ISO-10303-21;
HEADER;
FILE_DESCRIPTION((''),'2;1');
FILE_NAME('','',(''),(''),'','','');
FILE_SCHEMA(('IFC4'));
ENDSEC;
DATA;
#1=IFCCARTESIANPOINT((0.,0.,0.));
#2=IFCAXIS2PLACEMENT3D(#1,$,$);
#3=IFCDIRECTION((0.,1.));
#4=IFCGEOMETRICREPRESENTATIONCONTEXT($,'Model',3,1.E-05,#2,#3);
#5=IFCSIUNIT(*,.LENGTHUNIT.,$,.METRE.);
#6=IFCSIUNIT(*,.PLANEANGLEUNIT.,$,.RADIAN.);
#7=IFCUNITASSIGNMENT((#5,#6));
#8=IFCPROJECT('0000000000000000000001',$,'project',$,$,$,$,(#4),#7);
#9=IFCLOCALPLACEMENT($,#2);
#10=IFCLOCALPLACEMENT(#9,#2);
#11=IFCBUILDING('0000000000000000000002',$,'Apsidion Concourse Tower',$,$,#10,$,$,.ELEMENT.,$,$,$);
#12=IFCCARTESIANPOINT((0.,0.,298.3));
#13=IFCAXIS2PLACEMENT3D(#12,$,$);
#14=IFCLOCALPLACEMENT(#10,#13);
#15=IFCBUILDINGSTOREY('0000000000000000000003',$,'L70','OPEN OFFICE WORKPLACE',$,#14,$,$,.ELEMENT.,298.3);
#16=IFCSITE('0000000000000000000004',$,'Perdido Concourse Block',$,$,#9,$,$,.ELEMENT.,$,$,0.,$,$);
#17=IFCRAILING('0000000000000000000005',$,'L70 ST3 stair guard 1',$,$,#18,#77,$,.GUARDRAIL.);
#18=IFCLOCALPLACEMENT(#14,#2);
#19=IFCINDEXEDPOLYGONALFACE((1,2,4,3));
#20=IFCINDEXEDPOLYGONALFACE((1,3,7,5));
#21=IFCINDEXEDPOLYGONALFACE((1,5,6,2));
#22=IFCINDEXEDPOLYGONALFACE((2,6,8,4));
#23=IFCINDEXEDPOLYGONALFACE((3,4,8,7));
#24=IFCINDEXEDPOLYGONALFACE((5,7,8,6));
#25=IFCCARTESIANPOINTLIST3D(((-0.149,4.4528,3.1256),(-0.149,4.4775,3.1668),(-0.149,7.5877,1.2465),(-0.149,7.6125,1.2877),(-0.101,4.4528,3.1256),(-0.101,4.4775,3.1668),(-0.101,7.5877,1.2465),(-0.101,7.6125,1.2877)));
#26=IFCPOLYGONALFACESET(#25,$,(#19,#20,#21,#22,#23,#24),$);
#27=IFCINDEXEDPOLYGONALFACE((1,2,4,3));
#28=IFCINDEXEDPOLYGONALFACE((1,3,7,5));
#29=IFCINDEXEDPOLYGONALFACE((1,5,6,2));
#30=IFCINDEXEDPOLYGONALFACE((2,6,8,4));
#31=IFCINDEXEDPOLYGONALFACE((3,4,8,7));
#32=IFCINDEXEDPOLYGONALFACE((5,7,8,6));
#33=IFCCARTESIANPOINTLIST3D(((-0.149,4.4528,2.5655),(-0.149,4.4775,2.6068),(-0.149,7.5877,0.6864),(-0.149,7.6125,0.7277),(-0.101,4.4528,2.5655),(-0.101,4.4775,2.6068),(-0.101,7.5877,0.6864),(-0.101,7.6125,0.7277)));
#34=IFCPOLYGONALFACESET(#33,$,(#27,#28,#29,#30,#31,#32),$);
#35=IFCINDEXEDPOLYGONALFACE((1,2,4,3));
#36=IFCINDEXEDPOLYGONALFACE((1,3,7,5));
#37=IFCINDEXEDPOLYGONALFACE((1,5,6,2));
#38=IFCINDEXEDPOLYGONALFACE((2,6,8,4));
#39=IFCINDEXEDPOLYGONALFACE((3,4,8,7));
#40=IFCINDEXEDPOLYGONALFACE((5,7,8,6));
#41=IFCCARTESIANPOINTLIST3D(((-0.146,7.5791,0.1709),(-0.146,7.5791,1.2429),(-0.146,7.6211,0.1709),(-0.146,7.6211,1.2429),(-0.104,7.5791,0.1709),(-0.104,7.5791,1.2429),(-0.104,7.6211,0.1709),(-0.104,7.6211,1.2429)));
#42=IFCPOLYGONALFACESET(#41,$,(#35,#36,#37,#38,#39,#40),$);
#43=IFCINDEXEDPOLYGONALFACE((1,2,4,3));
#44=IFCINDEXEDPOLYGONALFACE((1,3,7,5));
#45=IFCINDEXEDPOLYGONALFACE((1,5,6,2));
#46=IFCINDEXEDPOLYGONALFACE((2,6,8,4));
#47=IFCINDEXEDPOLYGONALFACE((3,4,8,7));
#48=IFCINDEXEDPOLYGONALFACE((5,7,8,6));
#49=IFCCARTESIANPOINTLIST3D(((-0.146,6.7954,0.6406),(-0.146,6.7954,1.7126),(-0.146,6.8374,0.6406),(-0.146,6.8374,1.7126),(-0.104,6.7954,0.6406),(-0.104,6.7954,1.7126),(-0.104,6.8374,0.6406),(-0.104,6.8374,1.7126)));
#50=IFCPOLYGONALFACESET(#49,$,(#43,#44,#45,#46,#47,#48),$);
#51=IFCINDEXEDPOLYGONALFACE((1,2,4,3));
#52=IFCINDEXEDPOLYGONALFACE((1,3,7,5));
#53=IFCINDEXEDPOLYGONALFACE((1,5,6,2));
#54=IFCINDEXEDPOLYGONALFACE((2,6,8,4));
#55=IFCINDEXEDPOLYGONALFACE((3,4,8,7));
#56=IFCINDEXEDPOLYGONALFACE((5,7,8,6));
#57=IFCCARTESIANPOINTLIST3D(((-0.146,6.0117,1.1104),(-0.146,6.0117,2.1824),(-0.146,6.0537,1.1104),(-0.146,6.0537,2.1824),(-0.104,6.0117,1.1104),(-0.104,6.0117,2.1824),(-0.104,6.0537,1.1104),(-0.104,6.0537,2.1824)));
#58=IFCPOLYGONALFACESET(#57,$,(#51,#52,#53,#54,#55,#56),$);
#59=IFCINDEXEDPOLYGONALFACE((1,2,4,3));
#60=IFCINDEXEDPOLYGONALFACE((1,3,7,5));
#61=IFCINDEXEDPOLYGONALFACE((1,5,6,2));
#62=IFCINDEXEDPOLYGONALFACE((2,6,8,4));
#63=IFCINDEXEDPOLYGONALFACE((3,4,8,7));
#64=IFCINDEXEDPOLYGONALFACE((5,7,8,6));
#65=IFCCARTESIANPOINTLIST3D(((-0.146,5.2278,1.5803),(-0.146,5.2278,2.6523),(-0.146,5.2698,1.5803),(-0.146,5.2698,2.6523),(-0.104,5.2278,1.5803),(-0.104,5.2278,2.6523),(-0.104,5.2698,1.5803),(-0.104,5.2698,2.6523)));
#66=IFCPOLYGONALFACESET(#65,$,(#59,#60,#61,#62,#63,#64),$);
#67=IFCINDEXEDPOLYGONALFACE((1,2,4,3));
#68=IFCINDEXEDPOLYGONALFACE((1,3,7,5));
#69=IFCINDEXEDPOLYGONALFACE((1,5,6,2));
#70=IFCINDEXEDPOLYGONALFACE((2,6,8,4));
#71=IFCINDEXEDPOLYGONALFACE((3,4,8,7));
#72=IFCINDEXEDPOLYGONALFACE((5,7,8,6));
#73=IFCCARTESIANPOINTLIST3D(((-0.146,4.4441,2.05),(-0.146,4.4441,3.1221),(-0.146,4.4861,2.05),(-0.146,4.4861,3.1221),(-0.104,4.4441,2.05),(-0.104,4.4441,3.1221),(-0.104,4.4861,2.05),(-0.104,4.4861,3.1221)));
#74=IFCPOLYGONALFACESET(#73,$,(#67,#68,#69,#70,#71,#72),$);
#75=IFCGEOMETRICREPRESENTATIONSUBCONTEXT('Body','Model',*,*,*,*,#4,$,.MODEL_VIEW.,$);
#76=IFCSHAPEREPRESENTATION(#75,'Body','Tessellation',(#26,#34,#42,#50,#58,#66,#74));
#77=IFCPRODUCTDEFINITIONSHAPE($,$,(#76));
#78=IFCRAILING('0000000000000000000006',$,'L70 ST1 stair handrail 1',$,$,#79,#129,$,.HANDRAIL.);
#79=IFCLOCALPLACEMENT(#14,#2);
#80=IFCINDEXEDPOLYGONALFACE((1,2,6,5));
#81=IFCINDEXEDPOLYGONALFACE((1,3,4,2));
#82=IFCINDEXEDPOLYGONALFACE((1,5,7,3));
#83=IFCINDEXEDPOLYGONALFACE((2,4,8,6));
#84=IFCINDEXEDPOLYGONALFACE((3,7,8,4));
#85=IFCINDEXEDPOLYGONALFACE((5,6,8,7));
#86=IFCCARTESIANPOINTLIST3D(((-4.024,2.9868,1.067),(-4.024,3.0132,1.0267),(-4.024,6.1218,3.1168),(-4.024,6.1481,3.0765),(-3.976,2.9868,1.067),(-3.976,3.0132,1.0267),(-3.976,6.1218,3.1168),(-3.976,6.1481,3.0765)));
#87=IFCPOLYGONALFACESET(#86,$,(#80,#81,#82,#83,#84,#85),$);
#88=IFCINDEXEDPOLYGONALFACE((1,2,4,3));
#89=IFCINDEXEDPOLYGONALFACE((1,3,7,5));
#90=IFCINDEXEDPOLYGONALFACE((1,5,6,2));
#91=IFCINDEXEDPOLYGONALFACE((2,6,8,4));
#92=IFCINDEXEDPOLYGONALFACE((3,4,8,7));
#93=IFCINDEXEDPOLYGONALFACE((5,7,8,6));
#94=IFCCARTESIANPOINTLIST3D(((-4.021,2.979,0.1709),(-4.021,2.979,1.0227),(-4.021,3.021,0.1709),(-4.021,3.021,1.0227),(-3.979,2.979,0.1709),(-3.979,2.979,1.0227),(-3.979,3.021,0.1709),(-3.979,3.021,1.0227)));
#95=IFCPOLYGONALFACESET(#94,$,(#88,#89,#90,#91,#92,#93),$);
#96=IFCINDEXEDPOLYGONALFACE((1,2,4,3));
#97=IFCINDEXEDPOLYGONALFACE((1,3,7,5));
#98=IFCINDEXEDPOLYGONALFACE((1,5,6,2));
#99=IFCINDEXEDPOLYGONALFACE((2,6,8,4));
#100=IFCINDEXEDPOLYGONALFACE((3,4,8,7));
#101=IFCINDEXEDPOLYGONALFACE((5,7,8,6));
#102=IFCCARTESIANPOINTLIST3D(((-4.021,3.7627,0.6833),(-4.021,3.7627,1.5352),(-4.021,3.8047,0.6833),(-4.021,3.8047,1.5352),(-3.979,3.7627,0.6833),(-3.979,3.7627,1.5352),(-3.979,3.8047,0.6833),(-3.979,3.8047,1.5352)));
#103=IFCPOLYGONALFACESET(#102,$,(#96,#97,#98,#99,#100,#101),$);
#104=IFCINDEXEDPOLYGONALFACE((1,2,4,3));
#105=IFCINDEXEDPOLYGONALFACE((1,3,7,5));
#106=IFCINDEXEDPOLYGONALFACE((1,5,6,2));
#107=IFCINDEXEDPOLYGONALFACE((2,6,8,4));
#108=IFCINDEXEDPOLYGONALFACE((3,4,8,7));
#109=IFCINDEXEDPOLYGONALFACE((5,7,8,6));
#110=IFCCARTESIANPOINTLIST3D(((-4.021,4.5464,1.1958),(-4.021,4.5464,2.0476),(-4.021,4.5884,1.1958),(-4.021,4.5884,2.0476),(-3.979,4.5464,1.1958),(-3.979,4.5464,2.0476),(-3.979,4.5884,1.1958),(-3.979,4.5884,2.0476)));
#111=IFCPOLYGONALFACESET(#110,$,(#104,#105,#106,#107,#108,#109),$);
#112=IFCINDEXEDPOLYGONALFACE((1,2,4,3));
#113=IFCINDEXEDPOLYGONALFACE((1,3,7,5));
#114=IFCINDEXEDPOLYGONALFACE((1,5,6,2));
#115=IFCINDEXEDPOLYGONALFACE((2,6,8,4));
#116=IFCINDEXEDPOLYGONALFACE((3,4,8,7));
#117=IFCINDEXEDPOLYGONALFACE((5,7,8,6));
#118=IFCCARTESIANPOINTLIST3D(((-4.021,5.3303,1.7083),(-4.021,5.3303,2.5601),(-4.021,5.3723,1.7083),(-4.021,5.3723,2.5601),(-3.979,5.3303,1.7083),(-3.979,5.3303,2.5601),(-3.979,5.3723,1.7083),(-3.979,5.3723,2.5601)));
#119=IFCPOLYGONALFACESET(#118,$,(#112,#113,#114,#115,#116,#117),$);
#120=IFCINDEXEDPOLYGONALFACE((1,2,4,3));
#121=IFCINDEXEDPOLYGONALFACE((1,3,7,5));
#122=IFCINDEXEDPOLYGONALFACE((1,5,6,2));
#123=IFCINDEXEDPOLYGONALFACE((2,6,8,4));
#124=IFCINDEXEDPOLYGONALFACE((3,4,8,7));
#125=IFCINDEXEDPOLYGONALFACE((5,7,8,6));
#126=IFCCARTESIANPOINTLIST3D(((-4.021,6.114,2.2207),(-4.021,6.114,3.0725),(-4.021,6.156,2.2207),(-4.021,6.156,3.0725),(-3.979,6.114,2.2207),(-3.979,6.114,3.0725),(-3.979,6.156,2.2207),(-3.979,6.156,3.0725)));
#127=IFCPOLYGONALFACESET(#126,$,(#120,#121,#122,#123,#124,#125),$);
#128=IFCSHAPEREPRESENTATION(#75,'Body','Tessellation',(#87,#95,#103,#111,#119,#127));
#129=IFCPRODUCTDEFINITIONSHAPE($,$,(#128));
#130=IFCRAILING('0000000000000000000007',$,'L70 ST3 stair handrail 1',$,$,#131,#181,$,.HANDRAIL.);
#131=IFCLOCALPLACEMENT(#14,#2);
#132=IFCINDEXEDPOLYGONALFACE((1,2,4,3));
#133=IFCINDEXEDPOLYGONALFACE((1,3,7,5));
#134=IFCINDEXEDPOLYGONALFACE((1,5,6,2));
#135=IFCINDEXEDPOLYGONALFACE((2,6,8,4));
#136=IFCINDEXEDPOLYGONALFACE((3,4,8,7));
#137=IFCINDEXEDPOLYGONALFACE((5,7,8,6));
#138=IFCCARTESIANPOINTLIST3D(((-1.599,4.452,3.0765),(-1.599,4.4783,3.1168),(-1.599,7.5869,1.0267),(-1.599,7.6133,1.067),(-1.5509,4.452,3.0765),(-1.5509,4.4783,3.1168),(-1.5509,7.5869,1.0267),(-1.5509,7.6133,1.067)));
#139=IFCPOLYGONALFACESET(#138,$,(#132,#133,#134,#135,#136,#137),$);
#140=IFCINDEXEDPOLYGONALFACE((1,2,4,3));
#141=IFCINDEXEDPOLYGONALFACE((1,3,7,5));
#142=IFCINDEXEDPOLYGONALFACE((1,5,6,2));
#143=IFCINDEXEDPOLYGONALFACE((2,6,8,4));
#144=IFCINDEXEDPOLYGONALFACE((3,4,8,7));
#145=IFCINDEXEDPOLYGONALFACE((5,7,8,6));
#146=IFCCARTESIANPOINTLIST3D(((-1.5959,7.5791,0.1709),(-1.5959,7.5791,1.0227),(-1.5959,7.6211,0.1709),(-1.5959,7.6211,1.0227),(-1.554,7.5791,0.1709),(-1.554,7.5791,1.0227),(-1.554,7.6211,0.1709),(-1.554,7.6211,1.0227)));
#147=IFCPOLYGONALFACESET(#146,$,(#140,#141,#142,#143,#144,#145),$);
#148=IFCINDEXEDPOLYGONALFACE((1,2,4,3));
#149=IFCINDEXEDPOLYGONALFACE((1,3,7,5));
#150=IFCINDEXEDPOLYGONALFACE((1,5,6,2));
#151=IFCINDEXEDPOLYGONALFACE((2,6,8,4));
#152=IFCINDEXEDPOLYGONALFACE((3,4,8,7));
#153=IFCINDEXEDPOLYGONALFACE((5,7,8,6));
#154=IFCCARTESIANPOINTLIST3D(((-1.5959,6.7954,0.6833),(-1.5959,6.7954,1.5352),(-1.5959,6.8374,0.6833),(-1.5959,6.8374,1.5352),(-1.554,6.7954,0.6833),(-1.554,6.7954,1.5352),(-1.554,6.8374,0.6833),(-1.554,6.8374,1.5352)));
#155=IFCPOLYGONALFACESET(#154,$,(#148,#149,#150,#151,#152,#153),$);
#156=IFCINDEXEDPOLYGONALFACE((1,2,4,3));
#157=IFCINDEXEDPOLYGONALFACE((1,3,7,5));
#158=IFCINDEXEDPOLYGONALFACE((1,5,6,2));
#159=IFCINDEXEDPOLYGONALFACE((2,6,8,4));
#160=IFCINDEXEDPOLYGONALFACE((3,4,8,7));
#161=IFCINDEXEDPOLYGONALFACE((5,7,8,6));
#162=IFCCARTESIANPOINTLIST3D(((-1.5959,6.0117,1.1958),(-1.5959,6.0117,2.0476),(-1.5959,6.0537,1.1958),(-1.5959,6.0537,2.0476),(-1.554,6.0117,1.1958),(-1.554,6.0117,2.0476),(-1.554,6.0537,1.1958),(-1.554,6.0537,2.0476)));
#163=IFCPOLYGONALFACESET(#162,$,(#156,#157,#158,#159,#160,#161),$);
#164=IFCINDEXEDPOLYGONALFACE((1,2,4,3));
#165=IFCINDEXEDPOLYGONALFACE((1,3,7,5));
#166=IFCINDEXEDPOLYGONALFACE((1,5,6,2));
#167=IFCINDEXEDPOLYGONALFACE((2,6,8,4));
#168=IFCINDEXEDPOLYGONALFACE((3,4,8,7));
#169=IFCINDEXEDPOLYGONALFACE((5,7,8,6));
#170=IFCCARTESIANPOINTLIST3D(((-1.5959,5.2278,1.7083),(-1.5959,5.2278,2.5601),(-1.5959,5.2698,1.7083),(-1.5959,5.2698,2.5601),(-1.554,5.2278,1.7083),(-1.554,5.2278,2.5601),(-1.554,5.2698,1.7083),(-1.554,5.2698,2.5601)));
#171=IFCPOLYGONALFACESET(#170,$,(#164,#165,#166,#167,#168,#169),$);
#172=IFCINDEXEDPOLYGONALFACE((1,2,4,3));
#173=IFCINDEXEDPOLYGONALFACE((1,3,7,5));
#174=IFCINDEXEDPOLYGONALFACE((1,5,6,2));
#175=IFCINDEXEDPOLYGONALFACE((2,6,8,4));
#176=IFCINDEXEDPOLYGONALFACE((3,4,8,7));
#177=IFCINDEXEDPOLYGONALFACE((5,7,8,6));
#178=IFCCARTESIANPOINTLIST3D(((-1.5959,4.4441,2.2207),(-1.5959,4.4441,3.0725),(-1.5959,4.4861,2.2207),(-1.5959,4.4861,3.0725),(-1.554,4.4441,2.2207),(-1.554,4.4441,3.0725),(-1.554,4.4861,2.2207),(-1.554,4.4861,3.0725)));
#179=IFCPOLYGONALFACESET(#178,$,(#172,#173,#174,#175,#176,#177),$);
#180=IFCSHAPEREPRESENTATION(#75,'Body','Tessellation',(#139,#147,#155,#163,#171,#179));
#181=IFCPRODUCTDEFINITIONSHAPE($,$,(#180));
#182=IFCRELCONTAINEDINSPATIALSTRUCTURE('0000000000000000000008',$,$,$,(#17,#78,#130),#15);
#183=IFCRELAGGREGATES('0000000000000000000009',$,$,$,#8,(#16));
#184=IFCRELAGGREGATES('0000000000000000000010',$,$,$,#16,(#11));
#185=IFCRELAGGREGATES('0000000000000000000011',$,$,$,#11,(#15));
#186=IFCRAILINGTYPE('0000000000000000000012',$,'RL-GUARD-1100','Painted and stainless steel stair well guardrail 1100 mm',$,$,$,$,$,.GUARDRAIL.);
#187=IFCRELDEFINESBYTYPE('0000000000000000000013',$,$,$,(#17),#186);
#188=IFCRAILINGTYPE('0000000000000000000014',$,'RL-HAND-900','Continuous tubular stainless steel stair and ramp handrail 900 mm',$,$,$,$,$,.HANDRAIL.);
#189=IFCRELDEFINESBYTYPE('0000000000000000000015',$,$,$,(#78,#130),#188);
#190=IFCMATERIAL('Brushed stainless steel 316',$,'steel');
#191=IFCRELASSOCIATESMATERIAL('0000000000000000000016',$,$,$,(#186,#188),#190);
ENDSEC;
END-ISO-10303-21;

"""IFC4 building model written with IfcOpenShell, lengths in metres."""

from ifc_helpers import new_model, si_unit, direction, frame, origin, origin_2d, place, context, subcontext, project, spatial, rectangle, extrude, material, type_object, element, save


model = new_model("IFC4")

# Units and contexts
model_context = context("Model", 3, precision=1e-05, world=origin(), true_north=direction((0.0, 1.0)))
body_context = subcontext(model_context, "Body", "Model", "MODEL_VIEW")
ifc_project = project(units=[si_unit("LENGTHUNIT", "METRE"), si_unit("PLANEANGLEUNIT", "RADIAN")], contexts=[model_context])

# Site, building, storey
site_placement = place(None, origin())
site = spatial("IfcSite", under=ifc_project, at=site_placement, Name="Perdido Concourse Block", CompositionType="ELEMENT", RefElevation=0.0)
building_placement = place(site_placement, origin())
building = spatial("IfcBuilding", under=site, at=building_placement, Name="Apsidion Concourse Tower", CompositionType="ELEMENT")
storey_placement = place(building_placement, frame((0.0, 0.0, 298.3)))
storey = spatial("IfcBuildingStorey", under=building, at=storey_placement, Name="L70", Description="OPEN OFFICE WORKPLACE", CompositionType="ELEMENT", Elevation=298.3)

# Shared definitions
ifc_material_1 = material(Name="Brushed stainless steel 316", Category="steel")

# Railings
railing_type_1 = type_object("IfcRailingType", Name="RL-GUARD-1100", Description="Painted and stainless steel stair well guardrail 1100 mm", PredefinedType="GUARDRAIL", material=ifc_material_1)
railing_1_placement = place(storey_placement, frame((-0.125, 7.6001, 0.1709)))
element("IfcRailing", 1, at=railing_1_placement, inside=storey, type_object=railing_type_1, Name="L70 ST3 stair guard 1", PredefinedType="GUARDRAIL", context=body_context, shape_type="SweptSolid", body=[
    extrude(rectangle(XDim=0.0481, YDim=0.0481, at=origin_2d()), frame((0.0, 0.0, 1.0962), z_axis=(0.0, -0.857717, 0.514122), x_axis=(1.0, 0.0, 0.0)), (0.0, 0.0, 1.0), 3.655),
    extrude(rectangle(XDim=0.0481, YDim=0.0481, at=origin_2d()), frame((0.0, 0.0, 0.5361), z_axis=(0.0, -0.857717, 0.514122), x_axis=(1.0, 0.0, 0.0)), (0.0, 0.0, 1.0), 3.655),
    extrude(rectangle(XDim=0.042, YDim=0.042, at=origin_2d()), origin(), (0.0, 0.0, 1.0), 1.072),
    extrude(rectangle(XDim=0.042, YDim=0.042, at=origin_2d()), frame((0.0, -0.7837, 0.4697)), (0.0, 0.0, 1.0), 1.072),
    extrude(rectangle(XDim=0.042, YDim=0.042, at=origin_2d()), frame((0.0, -1.5674, 0.9395)), (0.0, 0.0, 1.0), 1.072),
    extrude(rectangle(XDim=0.042, YDim=0.042, at=origin_2d()), frame((0.0, -2.3513, 1.4094)), (0.0, 0.0, 1.0), 1.072),
    extrude(rectangle(XDim=0.042, YDim=0.042, at=origin_2d()), frame((0.0, -3.135, 1.8792)), (0.0, 0.0, 1.0), 1.072),
])
railing_type_2 = type_object("IfcRailingType", Name="RL-HAND-900", Description="Continuous tubular stainless steel stair and ramp handrail 900 mm", PredefinedType="HANDRAIL", material=ifc_material_1)
railing_2_placement = place(storey_placement, frame((-4.0, 3.0, 0.1709)))
element("IfcRailing", 2, at=railing_2_placement, inside=storey, type_object=railing_type_2, Name="L70 ST1 stair handrail 1", PredefinedType="HANDRAIL", context=body_context, shape_type="SweptSolid", body=[
    extrude(rectangle(XDim=0.0481, YDim=0.0481, at=origin_2d()), frame((0.0, 0.0, 0.876), z_axis=(0.0, 0.836971, 0.547248), x_axis=(-1.0, 0.0, 0.0)), (0.0, 0.0, 1.0), 3.7456),
    extrude(rectangle(XDim=0.042, YDim=0.042, at=origin_2d()), origin(), (0.0, 0.0, 1.0), 0.8518),
    extrude(rectangle(XDim=0.042, YDim=0.042, at=origin_2d()), frame((0.0, 0.7837, 0.5125)), (0.0, 0.0, 1.0), 0.8518),
    extrude(rectangle(XDim=0.042, YDim=0.042, at=origin_2d()), frame((0.0, 1.5674, 1.0249)), (0.0, 0.0, 1.0), 0.8518),
    extrude(rectangle(XDim=0.042, YDim=0.042, at=origin_2d()), frame((0.0, 2.3513, 1.5374)), (0.0, 0.0, 1.0), 0.8518),
    extrude(rectangle(XDim=0.042, YDim=0.042, at=origin_2d()), frame((0.0, 3.135, 2.0498)), (0.0, 0.0, 1.0), 0.8518),
])
railing_3_placement = place(storey_placement, frame((-1.575, 7.6001, 0.1709)))
element("IfcRailing", 3, at=railing_3_placement, inside=storey, type_object=railing_type_2, Name="L70 ST3 stair handrail 1", PredefinedType="HANDRAIL", context=body_context, shape_type="SweptSolid", body=[
    extrude(rectangle(XDim=0.0481, YDim=0.0481, at=origin_2d()), frame((0.0, 0.0, 0.876), z_axis=(0.0, -0.836971, 0.547248), x_axis=(1.0, 0.0, 0.0)), (0.0, 0.0, 1.0), 3.7456),
    extrude(rectangle(XDim=0.042, YDim=0.042, at=origin_2d()), origin(), (0.0, 0.0, 1.0), 0.8518),
    extrude(rectangle(XDim=0.042, YDim=0.042, at=origin_2d()), frame((0.0, -0.7837, 0.5125)), (0.0, 0.0, 1.0), 0.8518),
    extrude(rectangle(XDim=0.042, YDim=0.042, at=origin_2d()), frame((0.0, -1.5674, 1.0249)), (0.0, 0.0, 1.0), 0.8518),
    extrude(rectangle(XDim=0.042, YDim=0.042, at=origin_2d()), frame((0.0, -2.3513, 1.5374)), (0.0, 0.0, 1.0), 0.8518),
    extrude(rectangle(XDim=0.042, YDim=0.042, at=origin_2d()), frame((0.0, -3.135, 2.0498)), (0.0, 0.0, 1.0), 0.8518),
])

save(model, "model.ifc")
